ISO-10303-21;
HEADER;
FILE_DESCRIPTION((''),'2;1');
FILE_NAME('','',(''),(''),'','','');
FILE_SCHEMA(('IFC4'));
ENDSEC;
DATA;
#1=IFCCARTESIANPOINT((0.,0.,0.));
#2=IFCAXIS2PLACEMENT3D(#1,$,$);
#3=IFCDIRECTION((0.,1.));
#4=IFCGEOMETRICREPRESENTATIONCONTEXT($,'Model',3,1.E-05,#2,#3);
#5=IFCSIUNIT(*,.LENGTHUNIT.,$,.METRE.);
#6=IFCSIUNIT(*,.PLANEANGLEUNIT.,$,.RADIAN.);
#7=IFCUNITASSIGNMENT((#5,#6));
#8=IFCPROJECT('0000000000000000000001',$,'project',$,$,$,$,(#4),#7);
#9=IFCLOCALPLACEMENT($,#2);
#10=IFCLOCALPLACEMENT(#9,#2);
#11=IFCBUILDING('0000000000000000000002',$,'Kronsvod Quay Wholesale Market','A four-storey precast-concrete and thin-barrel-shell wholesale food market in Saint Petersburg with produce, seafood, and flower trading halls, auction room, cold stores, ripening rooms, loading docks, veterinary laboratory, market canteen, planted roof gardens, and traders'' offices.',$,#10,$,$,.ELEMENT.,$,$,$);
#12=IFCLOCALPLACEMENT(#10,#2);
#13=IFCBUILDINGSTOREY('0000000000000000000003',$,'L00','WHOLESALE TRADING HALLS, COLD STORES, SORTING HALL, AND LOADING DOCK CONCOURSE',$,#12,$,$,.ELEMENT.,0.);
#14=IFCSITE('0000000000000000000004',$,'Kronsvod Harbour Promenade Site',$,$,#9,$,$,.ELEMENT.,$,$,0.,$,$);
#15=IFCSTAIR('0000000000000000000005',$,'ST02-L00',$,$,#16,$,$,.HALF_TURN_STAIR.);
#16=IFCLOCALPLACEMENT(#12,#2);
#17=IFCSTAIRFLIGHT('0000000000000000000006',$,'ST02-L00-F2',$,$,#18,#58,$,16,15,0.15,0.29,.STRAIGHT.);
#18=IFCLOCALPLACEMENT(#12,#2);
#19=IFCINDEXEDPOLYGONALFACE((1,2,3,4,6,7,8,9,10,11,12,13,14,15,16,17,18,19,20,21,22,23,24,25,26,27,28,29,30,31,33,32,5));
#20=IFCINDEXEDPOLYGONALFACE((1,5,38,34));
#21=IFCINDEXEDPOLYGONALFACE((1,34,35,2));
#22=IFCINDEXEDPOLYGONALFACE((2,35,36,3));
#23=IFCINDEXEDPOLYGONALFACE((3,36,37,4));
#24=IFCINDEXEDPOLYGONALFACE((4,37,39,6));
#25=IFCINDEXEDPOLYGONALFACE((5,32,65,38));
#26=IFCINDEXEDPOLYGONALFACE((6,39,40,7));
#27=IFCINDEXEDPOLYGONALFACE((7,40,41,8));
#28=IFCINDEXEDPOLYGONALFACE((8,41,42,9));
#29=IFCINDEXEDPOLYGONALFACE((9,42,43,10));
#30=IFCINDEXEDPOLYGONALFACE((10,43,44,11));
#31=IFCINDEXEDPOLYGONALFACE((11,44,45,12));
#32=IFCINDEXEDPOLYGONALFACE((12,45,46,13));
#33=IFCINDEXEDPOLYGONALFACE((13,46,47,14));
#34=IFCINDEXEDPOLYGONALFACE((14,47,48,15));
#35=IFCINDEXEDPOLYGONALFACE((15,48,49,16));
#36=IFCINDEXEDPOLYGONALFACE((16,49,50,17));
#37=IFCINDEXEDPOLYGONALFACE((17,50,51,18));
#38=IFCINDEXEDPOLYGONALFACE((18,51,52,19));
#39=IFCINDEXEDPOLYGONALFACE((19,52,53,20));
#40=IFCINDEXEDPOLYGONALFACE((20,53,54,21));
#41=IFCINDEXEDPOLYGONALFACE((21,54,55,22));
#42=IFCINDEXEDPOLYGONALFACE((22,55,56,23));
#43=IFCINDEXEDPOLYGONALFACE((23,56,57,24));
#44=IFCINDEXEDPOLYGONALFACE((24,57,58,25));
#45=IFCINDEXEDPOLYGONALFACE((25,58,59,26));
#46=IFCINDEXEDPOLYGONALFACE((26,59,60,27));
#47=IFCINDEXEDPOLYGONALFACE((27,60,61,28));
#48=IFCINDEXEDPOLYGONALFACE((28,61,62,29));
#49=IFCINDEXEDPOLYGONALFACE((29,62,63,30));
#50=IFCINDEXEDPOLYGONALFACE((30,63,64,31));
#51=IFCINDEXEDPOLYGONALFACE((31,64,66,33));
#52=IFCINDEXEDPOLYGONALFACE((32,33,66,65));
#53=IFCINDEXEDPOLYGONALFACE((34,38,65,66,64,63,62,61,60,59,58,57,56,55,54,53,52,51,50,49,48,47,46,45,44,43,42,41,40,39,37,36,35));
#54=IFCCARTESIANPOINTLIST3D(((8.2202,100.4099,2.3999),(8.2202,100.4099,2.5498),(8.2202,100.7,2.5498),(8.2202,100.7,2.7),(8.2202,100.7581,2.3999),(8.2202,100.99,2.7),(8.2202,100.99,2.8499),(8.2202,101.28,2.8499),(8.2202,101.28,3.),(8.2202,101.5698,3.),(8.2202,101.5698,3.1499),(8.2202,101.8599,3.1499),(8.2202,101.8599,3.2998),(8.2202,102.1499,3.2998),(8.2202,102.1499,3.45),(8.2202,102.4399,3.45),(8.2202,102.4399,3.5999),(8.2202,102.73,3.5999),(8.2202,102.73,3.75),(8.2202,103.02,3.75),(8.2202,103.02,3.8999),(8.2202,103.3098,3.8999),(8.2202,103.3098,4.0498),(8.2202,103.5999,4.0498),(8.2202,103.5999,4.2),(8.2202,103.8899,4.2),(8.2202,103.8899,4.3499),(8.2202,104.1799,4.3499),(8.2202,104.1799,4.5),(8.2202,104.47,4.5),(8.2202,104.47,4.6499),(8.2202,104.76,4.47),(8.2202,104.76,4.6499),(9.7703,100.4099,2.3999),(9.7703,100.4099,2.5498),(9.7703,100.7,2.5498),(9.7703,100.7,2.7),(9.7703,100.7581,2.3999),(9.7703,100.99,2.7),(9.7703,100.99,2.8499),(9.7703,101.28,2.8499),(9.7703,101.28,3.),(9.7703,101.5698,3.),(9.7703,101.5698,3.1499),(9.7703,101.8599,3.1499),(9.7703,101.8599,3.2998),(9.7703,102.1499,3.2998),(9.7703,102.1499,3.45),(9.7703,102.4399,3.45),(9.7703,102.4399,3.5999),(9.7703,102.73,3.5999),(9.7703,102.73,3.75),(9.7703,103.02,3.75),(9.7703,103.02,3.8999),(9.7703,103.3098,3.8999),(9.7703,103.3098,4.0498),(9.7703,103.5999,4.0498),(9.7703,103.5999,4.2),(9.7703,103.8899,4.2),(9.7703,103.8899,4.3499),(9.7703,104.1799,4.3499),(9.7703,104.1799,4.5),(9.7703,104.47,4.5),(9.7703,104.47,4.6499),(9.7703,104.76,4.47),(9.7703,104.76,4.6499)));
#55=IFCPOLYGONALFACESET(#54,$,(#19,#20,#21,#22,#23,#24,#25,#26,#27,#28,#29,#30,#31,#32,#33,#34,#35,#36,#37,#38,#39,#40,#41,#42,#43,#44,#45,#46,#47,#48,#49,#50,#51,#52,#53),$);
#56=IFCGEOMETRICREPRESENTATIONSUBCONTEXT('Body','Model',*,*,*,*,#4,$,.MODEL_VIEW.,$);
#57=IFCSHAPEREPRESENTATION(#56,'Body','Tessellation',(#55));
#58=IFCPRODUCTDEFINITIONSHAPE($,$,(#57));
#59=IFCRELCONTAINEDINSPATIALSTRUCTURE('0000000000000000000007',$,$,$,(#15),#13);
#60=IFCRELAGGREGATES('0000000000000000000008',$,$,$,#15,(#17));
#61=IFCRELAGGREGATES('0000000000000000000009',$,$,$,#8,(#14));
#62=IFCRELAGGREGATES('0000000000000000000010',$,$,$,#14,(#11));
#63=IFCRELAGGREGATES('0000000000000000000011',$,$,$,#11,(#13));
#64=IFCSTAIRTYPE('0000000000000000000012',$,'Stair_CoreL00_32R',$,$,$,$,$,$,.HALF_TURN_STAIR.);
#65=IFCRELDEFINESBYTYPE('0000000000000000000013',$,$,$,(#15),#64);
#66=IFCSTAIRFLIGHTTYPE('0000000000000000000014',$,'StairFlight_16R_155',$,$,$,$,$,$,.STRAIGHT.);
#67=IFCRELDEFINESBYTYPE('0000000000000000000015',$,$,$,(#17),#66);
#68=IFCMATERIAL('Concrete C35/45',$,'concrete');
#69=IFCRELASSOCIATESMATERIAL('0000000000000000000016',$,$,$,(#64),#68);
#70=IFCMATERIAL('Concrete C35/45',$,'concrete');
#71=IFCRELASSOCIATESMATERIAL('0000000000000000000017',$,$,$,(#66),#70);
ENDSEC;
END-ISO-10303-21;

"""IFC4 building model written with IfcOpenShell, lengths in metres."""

from ifc_helpers import new_model, si_unit, direction, frame, origin, place, context, subcontext, project, spatial, polyline, outline, extrude, material, type_object, element, aggregate, save


model = new_model("IFC4")

# Units and contexts
model_context = context("Model", 3, precision=1e-05, world=origin(), true_north=direction((0.0, 1.0)))
body_context = subcontext(model_context, "Body", "Model", "MODEL_VIEW")
ifc_project = project(units=[si_unit("LENGTHUNIT", "METRE"), si_unit("PLANEANGLEUNIT", "RADIAN")], contexts=[model_context])

# Site, building, storey
site_placement = place(None, origin())
site = spatial("IfcSite", under=ifc_project, at=site_placement, Name="Kronsvod Harbour Promenade Site", CompositionType="ELEMENT", RefElevation=0.0)
building_placement = place(site_placement, origin())
building = spatial("IfcBuilding", under=site, at=building_placement, Name="Kronsvod Quay Wholesale Market", Description="A four-storey precast-concrete and thin-barrel-shell wholesale food market in Saint Petersburg with produce, seafood, and flower trading halls, auction room, cold stores, ripening rooms, loading docks, veterinary laboratory, market canteen, planted roof gardens, and traders' offices.", CompositionType="ELEMENT")
storey_placement = place(building_placement, origin())
storey = spatial("IfcBuildingStorey", under=building, at=storey_placement, Name="L00", Description="WHOLESALE TRADING HALLS, COLD STORES, SORTING HALL, AND LOADING DOCK CONCOURSE", CompositionType="ELEMENT", Elevation=0.0)

# Stair, stair flight
ifc_material_1 = material(Name="Concrete C35/45", Category="concrete")
stair_type = type_object("IfcStairType", Name="Stair_CoreL00_32R", PredefinedType="HALF_TURN_STAIR", material=ifc_material_1)
stair_placement = place(storey_placement, origin())
stair = element("IfcStair", 1, at=stair_placement, inside=storey, type_object=stair_type, Name="ST02-L00", PredefinedType="HALF_TURN_STAIR")
ifc_material_2 = material(Name="Concrete C35/45", Category="concrete")
stair_flight_type = type_object("IfcStairFlightType", Name="StairFlight_16R_155", PredefinedType="STRAIGHT", material=ifc_material_2)
stair_flight_1_placement = place(storey_placement, frame((8.9951, 100.4099, 2.3999), z_axis=(0.0, 0.0, 1.0), x_axis=(0.0, 1.0, 0.0)))
stair_flight_1 = element("IfcStairFlight", 2, at=stair_flight_1_placement, type_object=stair_flight_type, Name="ST02-L00-F2", NumberOfRisers=16, NumberOfTreads=15, PredefinedType="STRAIGHT", RiserHeight=0.15, TreadLength=0.29, context=body_context, shape_type="SweptSolid", body=[
    extrude(outline(polyline([(0.0, 0.0), (0.0, 0.1499), (0.29, 0.1499), (0.29, 0.3), (0.5801, 0.3), (0.5801, 0.45), (0.8701, 0.45), (0.8701, 0.6001), (1.1599, 0.6001), (1.1599, 0.75), (1.45, 0.75), (1.45, 0.8999), (1.74, 0.8999), (1.74, 1.05), (2.03, 1.05), (2.03, 1.2), (2.3201, 1.2), (2.3201, 1.3501), (2.6101, 1.3501), (2.6101, 1.5), (2.8999, 1.5), (2.8999, 1.6499), (3.1899, 1.6499), (3.1899, 1.8), (3.48, 1.8), (3.48, 1.95), (3.77, 1.95), (3.77, 2.1001), (4.0601, 2.1001), (4.0601, 2.25), (4.3501, 2.25), (4.3501, 2.3999), (4.3501, 2.0701), (0.3481, 0.0), (0.0, 0.0)])), frame((0.0, 0.7749, 0.0), z_axis=(0.0, -1.0, 0.0), x_axis=(1.0, 0.0, 0.0)), (0.0, 0.0, 1.0), 1.55),
])
aggregate(stair, [stair_flight_1])

save(model, "model.ifc")
